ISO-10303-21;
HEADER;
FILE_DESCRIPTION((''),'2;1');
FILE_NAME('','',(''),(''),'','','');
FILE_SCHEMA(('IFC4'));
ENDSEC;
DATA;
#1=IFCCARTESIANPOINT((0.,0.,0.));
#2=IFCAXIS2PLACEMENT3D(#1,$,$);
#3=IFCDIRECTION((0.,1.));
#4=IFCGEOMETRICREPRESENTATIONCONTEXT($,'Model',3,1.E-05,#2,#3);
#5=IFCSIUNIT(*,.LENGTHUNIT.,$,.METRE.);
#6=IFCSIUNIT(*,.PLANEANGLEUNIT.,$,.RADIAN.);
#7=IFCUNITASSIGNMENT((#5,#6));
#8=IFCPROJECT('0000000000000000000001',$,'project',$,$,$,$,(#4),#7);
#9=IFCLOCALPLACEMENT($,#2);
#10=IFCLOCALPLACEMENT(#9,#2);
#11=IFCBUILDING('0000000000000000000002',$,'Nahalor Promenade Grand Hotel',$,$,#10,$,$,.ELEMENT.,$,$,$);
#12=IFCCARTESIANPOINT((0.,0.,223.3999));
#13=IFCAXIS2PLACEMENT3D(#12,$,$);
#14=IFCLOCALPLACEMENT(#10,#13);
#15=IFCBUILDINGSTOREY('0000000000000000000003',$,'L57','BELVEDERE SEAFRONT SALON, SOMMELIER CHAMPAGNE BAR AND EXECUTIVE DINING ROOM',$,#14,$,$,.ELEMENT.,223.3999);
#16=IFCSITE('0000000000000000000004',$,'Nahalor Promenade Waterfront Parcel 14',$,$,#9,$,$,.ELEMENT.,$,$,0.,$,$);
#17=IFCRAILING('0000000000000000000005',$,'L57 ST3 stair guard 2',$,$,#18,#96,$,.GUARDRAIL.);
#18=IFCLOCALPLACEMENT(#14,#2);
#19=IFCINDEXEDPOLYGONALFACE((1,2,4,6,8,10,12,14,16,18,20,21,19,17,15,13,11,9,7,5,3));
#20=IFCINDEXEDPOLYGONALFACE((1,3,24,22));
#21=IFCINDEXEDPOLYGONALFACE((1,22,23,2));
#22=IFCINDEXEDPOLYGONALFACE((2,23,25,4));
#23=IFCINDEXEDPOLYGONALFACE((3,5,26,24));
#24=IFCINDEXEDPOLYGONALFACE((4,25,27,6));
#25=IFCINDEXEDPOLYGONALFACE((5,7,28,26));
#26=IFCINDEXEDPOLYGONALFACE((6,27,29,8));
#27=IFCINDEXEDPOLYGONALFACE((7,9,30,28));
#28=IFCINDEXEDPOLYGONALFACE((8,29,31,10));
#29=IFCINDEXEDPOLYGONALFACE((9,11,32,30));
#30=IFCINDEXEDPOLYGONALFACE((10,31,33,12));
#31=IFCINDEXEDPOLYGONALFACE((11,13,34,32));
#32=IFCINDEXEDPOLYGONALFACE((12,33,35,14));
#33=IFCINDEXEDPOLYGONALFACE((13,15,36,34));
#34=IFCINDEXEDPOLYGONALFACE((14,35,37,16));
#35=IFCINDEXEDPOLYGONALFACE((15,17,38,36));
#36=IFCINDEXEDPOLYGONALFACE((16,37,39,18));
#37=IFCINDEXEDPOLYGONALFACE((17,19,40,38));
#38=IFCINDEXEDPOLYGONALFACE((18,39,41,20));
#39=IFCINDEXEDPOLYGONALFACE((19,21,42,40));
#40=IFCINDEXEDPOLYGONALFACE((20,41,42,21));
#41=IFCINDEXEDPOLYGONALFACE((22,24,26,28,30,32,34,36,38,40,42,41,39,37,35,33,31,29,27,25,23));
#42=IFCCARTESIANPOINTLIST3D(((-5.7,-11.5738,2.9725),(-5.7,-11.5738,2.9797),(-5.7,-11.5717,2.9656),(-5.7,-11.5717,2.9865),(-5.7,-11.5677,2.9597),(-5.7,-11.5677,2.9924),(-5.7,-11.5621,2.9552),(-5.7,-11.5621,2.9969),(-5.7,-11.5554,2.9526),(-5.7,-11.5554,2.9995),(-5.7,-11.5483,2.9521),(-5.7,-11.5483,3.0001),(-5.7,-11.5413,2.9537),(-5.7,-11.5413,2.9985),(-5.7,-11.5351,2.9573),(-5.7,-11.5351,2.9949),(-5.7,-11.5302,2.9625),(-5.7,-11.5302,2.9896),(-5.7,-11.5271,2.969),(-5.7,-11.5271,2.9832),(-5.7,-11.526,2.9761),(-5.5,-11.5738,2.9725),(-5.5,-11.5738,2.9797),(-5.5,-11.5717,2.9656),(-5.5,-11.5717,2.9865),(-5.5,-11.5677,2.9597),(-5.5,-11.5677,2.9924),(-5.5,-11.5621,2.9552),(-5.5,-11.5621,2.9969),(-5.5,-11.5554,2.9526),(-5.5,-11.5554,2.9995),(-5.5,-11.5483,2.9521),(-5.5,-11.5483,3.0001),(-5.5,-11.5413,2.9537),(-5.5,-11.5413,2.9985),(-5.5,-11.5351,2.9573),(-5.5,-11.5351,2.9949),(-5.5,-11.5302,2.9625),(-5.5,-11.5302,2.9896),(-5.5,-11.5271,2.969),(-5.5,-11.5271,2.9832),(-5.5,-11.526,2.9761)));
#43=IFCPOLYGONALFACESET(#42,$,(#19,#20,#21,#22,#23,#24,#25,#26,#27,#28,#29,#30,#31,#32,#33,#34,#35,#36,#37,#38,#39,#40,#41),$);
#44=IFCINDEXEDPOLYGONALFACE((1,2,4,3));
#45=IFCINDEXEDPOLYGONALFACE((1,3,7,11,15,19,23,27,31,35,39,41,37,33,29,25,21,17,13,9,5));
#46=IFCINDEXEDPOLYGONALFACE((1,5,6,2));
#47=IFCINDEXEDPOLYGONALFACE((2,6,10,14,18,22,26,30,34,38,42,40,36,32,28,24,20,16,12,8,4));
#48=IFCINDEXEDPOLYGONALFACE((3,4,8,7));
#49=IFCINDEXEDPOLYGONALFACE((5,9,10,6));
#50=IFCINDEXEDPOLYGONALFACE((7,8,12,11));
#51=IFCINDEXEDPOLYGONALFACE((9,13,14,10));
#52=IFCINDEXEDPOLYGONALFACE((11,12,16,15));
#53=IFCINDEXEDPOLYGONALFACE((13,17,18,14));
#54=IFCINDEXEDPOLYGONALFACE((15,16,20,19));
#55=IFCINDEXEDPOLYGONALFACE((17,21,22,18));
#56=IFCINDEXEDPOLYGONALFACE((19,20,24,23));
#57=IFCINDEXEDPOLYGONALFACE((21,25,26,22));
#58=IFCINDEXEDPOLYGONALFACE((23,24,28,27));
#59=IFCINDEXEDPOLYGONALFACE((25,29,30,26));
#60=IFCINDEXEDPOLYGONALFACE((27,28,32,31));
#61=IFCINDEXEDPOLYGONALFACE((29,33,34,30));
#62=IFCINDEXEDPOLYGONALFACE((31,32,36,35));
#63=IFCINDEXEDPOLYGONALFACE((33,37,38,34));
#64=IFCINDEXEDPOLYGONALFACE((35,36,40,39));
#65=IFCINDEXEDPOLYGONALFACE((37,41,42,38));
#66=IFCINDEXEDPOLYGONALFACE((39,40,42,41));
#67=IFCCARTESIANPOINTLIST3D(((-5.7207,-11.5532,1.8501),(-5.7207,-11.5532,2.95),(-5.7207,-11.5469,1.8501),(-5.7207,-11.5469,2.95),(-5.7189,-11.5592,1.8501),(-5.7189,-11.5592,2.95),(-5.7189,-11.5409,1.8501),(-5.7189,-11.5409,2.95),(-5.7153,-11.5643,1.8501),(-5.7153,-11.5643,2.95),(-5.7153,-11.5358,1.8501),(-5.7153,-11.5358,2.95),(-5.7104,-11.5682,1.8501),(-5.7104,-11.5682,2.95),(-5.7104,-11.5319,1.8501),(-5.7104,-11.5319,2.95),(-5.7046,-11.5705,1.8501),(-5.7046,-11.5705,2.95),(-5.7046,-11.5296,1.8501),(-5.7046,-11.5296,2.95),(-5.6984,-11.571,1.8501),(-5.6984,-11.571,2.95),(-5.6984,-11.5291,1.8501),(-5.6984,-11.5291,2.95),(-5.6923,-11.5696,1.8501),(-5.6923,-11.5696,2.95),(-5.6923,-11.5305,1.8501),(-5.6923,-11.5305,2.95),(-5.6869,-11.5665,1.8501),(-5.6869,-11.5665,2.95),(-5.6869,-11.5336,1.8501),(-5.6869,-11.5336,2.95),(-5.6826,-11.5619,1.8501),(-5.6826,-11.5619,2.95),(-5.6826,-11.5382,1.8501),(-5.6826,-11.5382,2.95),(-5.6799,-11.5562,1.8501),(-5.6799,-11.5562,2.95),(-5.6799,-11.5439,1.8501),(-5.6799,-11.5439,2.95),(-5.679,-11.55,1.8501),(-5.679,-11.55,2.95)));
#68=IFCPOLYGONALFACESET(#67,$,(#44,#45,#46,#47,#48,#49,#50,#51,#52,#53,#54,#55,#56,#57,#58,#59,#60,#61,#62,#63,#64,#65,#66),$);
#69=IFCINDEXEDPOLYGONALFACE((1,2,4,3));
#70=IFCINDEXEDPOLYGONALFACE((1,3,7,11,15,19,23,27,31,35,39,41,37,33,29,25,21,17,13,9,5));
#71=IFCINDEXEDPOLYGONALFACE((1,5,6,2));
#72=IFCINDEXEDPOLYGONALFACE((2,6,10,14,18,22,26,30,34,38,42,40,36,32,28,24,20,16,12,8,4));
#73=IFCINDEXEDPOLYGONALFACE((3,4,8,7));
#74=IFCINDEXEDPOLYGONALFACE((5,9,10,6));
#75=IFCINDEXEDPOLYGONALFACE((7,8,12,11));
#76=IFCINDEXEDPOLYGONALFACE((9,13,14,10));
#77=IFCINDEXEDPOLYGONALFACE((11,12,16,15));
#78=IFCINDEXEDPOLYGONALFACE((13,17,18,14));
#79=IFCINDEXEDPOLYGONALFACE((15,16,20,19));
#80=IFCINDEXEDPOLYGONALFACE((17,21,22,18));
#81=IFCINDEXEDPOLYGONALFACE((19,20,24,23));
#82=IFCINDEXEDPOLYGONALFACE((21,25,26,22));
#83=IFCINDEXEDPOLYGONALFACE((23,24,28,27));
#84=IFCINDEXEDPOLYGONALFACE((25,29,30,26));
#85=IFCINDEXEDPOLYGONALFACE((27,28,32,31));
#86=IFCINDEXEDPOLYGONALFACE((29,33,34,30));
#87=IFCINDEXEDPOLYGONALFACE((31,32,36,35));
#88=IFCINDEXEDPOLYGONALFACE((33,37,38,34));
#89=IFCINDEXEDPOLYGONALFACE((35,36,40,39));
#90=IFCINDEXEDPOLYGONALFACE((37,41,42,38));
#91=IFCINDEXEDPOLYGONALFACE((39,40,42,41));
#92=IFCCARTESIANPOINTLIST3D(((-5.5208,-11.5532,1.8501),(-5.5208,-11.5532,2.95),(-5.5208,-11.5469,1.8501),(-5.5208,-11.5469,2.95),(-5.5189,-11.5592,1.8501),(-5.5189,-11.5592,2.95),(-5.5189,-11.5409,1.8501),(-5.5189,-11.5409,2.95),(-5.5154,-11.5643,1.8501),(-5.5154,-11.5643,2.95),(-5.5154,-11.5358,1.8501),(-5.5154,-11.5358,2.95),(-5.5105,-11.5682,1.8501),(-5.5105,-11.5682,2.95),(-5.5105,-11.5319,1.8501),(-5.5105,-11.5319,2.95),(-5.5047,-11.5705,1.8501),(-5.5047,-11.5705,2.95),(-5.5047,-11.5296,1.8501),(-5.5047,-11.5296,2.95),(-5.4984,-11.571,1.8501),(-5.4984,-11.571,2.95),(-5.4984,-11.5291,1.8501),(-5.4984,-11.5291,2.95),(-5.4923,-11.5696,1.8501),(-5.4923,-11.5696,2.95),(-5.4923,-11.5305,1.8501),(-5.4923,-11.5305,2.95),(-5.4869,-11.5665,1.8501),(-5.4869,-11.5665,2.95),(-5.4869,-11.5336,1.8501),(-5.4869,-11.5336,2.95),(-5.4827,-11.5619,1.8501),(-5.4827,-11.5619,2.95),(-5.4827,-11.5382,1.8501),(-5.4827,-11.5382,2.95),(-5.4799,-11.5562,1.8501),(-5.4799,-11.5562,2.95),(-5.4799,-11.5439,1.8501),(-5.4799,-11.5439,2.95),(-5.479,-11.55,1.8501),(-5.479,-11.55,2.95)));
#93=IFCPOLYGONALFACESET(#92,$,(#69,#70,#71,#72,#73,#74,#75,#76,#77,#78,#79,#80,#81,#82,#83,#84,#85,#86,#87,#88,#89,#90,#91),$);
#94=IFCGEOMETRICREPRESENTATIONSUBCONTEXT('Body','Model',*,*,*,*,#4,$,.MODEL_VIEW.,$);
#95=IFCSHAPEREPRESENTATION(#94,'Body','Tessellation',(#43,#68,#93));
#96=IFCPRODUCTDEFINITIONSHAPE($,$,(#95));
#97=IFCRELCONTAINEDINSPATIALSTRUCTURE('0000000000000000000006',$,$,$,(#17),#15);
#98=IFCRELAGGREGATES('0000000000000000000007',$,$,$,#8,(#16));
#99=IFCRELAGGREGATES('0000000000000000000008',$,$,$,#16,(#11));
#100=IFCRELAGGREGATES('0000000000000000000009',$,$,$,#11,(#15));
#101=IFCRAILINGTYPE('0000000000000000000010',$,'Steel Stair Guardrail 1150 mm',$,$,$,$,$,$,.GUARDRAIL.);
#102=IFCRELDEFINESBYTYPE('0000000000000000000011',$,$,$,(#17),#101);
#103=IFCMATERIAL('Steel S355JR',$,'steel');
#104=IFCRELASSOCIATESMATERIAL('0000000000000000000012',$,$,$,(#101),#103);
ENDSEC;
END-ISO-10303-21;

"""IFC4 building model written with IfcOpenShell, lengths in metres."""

from ifc_helpers import new_model, si_unit, direction, frame, origin, origin_2d, place, context, subcontext, project, spatial, circle, extrude, material, type_object, element, save


model = new_model("IFC4")

# Units and contexts
model_context = context("Model", 3, precision=1e-05, world=origin(), true_north=direction((0.0, 1.0)))
body_context = subcontext(model_context, "Body", "Model", "MODEL_VIEW")
ifc_project = project(units=[si_unit("LENGTHUNIT", "METRE"), si_unit("PLANEANGLEUNIT", "RADIAN")], contexts=[model_context])

# Site, building, storey
site_placement = place(None, origin())
site = spatial("IfcSite", under=ifc_project, at=site_placement, Name="Nahalor Promenade Waterfront Parcel 14", CompositionType="ELEMENT", RefElevation=0.0)
building_placement = place(site_placement, origin())
building = spatial("IfcBuilding", under=site, at=building_placement, Name="Nahalor Promenade Grand Hotel", CompositionType="ELEMENT")
storey_placement = place(building_placement, frame((0.0, 0.0, 223.3999)))
storey = spatial("IfcBuildingStorey", under=building, at=storey_placement, Name="L57", Description="BELVEDERE SEAFRONT SALON, SOMMELIER CHAMPAGNE BAR AND EXECUTIVE DINING ROOM", CompositionType="ELEMENT", Elevation=223.3999)

# Shared definitions
ifc_material_1 = material(Name="Steel S355JR", Category="steel")

# Railing
railing_type_1 = type_object("IfcRailingType", Name="Steel Stair Guardrail 1150 mm", PredefinedType="GUARDRAIL", material=ifc_material_1)
railing_1_placement = place(storey_placement, frame((-5.7, -11.55, 1.8501)))
element("IfcRailing", 1, at=railing_1_placement, inside=storey, type_object=railing_type_1, Name="L57 ST3 stair guard 2", PredefinedType="GUARDRAIL", context=body_context, shape_type="SweptSolid", body=[
    extrude(circle(Radius=0.024, at=origin_2d()), frame((0.0, 0.0, 1.126), z_axis=(1.0, 0.0, 0.0), x_axis=(0.0, 1.0, 0.0)), (0.0, 0.0, 1.0), 0.2),
    extrude(circle(Radius=0.021, at=origin_2d()), origin(), (0.0, 0.0, 1.0), 1.0999),
    extrude(circle(Radius=0.021, at=origin_2d()), frame((0.2, 0.0, 0.0)), (0.0, 0.0, 1.0), 1.0999),
])

save(model, "model.ifc")
